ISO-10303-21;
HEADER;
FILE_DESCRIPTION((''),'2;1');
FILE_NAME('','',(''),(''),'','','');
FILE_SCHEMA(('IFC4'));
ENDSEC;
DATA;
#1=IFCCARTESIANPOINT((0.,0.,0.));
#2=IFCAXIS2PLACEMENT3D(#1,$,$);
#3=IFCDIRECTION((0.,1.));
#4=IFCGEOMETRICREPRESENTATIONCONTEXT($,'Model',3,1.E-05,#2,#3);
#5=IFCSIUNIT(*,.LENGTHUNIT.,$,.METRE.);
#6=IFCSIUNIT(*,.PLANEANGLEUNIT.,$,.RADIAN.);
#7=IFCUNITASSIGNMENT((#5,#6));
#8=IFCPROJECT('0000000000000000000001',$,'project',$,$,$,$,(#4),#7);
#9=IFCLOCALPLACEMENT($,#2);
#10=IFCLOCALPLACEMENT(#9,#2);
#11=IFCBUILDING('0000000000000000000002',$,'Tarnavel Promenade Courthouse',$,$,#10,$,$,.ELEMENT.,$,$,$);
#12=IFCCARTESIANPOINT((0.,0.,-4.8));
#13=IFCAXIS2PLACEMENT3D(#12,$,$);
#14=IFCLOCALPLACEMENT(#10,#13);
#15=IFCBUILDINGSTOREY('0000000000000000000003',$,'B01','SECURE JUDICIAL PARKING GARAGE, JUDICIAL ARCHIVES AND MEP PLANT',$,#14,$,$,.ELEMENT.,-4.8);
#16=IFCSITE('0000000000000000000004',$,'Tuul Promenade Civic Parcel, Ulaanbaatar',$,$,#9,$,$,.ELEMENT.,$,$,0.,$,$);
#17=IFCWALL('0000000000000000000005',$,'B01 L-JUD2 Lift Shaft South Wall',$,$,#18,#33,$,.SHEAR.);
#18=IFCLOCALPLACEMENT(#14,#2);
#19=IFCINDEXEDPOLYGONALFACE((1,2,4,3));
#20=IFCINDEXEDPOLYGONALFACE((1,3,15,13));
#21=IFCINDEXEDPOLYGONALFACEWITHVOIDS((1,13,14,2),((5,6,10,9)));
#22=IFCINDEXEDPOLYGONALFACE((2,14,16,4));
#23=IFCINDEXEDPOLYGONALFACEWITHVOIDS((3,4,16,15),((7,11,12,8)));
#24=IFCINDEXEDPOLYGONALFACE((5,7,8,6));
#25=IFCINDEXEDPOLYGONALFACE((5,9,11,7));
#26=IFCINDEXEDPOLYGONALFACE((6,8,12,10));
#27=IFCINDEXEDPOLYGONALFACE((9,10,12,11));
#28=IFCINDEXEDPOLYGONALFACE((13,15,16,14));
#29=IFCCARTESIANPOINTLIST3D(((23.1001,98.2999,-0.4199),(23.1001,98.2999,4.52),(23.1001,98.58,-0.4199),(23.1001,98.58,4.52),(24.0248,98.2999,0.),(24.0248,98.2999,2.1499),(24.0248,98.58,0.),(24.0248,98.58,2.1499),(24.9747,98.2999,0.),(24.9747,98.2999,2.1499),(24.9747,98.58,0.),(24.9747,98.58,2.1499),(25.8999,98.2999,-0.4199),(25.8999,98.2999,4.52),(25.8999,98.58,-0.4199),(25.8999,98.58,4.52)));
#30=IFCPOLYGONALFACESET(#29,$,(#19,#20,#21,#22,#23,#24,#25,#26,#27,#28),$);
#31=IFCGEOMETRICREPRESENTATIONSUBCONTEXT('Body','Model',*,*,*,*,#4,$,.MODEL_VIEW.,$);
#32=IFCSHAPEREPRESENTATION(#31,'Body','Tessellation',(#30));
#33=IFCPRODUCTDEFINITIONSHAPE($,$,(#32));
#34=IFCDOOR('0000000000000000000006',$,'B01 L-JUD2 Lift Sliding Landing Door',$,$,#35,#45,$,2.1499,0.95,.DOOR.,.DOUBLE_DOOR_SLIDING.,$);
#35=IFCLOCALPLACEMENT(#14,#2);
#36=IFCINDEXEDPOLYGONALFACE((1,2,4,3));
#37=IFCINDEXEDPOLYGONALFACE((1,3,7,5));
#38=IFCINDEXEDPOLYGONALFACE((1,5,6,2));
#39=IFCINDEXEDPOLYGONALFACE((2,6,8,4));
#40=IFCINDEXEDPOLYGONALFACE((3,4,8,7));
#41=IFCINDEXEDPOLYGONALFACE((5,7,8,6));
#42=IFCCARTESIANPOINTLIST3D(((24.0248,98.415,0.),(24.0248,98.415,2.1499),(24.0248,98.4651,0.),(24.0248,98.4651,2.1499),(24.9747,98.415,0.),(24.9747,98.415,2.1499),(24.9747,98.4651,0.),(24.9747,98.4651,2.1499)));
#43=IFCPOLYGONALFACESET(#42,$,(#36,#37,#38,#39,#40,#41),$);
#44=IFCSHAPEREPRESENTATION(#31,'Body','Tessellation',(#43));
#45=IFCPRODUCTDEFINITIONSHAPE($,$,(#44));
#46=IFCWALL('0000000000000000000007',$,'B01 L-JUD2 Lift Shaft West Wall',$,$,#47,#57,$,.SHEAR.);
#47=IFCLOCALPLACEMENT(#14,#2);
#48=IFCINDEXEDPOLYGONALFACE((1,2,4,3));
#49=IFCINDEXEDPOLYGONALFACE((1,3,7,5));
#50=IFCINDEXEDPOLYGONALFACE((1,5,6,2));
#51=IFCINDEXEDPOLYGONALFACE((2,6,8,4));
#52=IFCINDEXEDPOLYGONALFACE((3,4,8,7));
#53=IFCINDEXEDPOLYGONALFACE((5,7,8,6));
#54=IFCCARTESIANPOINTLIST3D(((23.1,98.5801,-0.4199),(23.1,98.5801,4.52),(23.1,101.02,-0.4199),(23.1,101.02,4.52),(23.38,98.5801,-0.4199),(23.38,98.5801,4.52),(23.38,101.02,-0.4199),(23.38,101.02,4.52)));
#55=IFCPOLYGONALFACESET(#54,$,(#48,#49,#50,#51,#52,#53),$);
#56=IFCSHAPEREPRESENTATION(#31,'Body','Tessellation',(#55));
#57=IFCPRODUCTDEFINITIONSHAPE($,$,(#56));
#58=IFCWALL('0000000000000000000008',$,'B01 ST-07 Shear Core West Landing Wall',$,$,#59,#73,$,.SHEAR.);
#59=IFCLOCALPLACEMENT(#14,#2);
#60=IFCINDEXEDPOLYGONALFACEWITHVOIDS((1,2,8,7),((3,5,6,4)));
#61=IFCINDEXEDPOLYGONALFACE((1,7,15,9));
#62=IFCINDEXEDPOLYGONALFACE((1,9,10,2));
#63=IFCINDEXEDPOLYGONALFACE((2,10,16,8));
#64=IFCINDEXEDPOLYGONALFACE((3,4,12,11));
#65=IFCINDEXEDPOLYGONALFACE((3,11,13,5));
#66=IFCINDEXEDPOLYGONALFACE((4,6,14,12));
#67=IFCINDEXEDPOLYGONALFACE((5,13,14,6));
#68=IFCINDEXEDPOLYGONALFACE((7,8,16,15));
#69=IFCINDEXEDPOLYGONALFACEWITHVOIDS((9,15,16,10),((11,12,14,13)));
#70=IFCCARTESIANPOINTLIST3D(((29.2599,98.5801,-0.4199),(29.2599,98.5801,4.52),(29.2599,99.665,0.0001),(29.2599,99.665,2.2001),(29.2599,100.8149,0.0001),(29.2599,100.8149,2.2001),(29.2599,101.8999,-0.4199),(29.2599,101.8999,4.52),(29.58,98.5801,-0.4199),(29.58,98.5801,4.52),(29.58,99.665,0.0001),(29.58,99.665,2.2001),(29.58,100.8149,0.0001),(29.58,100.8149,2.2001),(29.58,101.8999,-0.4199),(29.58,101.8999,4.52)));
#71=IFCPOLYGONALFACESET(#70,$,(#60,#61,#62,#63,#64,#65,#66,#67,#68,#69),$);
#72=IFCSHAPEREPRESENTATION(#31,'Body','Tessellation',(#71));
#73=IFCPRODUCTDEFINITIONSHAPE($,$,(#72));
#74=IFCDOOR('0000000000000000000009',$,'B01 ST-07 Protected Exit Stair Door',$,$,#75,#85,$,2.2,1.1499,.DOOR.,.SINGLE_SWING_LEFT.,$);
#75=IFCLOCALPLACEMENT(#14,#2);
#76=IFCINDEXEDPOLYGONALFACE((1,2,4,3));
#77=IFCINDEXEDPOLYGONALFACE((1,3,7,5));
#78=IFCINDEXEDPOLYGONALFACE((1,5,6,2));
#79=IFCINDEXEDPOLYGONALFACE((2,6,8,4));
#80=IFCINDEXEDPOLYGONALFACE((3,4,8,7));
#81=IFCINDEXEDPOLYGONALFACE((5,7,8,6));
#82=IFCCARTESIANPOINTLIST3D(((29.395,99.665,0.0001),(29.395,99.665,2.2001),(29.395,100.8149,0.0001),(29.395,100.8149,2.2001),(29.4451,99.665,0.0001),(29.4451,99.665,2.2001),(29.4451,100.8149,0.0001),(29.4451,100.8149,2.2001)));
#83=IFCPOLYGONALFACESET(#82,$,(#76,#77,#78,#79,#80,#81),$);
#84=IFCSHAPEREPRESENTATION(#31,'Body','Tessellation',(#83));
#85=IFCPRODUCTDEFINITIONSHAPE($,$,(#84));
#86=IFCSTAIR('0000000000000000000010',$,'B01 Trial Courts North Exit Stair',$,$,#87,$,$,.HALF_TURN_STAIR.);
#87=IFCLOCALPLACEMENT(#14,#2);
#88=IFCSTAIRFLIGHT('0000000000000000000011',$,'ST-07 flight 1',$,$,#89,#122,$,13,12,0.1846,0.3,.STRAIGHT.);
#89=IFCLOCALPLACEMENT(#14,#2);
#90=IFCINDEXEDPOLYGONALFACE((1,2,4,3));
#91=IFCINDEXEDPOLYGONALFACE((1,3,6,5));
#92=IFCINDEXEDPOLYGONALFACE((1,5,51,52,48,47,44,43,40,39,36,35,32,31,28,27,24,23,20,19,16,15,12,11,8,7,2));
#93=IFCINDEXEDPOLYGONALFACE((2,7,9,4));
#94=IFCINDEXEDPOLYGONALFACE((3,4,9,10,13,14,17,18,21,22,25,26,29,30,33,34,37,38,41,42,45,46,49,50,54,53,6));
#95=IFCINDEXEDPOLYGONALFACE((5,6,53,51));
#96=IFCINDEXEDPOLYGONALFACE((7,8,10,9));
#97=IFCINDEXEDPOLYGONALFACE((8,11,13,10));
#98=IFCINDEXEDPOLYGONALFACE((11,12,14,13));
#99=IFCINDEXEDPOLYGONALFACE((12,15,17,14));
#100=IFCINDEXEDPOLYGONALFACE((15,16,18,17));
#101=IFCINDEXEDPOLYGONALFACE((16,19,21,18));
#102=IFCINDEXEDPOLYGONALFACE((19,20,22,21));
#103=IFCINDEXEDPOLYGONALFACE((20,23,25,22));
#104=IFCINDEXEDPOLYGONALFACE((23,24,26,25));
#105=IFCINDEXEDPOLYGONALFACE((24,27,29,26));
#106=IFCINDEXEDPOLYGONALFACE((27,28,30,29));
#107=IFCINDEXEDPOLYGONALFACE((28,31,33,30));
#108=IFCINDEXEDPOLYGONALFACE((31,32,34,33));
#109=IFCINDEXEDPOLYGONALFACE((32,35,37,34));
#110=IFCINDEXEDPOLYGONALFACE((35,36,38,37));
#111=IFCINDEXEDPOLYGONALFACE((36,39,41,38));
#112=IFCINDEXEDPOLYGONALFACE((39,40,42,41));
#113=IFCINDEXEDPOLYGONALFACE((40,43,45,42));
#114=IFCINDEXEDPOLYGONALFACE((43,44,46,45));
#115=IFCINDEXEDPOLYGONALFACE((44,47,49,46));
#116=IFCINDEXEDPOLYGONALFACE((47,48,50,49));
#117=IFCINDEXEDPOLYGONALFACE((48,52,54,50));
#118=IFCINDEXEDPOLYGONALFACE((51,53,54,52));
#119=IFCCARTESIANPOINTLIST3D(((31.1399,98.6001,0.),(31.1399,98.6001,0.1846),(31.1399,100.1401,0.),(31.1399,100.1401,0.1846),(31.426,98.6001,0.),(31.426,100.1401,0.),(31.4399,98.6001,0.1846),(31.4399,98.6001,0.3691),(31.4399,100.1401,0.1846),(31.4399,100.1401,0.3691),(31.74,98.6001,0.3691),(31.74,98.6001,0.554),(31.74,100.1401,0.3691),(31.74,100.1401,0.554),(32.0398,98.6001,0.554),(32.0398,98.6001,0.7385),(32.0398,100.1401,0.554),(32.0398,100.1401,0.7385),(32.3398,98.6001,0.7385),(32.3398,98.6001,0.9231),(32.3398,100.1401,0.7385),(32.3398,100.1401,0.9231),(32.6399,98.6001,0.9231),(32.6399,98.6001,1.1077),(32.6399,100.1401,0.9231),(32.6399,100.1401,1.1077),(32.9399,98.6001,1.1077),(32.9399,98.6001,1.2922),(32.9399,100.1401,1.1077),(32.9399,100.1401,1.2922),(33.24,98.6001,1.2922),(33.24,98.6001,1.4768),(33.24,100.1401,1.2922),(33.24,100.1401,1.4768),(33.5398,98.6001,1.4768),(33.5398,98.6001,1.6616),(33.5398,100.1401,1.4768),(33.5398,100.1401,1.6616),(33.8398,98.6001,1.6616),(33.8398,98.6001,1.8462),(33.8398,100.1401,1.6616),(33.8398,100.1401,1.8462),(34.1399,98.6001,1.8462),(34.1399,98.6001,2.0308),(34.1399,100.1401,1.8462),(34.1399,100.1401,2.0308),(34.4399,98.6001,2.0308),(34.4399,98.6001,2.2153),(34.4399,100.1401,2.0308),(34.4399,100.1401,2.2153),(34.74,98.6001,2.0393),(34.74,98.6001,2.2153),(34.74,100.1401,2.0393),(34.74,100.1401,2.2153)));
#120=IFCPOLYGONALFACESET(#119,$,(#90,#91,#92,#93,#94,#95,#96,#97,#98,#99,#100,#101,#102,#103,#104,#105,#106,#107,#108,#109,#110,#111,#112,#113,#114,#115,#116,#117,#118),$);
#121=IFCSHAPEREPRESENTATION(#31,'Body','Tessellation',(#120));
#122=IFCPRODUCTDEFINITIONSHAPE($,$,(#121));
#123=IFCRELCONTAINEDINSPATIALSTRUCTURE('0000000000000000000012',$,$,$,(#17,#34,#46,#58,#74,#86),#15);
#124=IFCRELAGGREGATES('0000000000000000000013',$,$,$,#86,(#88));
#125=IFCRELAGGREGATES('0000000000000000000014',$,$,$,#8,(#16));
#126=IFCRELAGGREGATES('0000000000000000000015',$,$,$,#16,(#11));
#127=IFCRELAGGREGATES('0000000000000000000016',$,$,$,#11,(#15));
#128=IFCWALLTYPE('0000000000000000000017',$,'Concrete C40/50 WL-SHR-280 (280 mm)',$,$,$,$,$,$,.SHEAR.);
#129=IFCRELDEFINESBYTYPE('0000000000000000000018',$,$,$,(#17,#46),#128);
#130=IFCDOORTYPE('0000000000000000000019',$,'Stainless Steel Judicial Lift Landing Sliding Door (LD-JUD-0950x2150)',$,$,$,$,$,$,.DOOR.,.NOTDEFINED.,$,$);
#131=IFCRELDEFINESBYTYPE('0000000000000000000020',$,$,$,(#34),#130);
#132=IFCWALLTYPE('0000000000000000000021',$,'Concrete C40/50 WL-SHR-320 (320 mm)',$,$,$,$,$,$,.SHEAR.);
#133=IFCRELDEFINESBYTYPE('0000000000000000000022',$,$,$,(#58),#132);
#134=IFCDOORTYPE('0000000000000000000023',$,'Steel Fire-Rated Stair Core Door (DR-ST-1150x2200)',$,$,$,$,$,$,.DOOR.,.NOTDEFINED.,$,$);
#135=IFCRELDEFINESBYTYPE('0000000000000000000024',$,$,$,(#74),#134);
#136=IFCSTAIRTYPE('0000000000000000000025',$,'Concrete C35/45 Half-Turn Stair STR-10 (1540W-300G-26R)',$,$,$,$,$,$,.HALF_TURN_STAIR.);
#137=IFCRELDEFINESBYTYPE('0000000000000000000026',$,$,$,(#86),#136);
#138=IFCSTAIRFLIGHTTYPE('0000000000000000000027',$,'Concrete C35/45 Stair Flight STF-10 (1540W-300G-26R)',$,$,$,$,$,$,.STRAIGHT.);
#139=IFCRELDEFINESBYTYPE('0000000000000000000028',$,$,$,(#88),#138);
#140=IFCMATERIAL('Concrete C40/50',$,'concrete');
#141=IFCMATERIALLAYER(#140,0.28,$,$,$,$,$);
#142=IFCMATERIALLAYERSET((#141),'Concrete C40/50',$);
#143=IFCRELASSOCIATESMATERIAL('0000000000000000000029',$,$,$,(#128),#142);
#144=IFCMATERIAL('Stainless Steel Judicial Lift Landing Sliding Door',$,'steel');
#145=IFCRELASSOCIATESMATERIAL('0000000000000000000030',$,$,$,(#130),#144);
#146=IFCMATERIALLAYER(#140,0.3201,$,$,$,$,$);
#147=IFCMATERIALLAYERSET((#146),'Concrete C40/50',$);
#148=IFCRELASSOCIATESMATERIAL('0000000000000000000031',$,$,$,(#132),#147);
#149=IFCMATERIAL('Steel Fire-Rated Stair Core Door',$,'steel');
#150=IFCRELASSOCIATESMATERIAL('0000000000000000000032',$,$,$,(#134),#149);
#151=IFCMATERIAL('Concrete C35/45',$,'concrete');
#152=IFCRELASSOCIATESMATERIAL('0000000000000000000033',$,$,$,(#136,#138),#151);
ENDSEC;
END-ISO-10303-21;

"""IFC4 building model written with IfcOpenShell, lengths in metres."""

from ifc_helpers import new_model, si_unit, direction, frame, frame_2d, origin, place, context, subcontext, project, spatial, polyline, rectangle, outline, extrude, material, layer, layer_set, type_object, element, fill, aggregate, save


model = new_model("IFC4")

# Units and contexts
model_context = context("Model", 3, precision=1e-05, world=origin(), true_north=direction((0.0, 1.0)))
body_context = subcontext(model_context, "Body", "Model", "MODEL_VIEW")
ifc_project = project(units=[si_unit("LENGTHUNIT", "METRE"), si_unit("PLANEANGLEUNIT", "RADIAN")], contexts=[model_context])

# Site, building, storey
site_placement = place(None, origin())
site = spatial("IfcSite", under=ifc_project, at=site_placement, Name="Tuul Promenade Civic Parcel, Ulaanbaatar", CompositionType="ELEMENT", RefElevation=0.0)
building_placement = place(site_placement, origin())
building = spatial("IfcBuilding", under=site, at=building_placement, Name="Tarnavel Promenade Courthouse", CompositionType="ELEMENT")
storey_placement = place(building_placement, frame((0.0, 0.0, -4.8)))
storey = spatial("IfcBuildingStorey", under=building, at=storey_placement, Name="B01", Description="SECURE JUDICIAL PARKING GARAGE, JUDICIAL ARCHIVES AND MEP PLANT", CompositionType="ELEMENT", Elevation=-4.8)

# Shared definitions
ifc_material_1 = material(Name="Concrete C35/45", Category="concrete")

# Shared definitions
ifc_material_2 = material(Name="Concrete C40/50", Category="concrete")

# Wall, opening, door
ifc_layer_1 = layer(ifc_material_2, 0.28)
ifc_layer_set_1 = layer_set([ifc_layer_1], Name="Concrete C40/50")
wall_type_1 = type_object("IfcWallType", Name="Concrete C40/50 WL-SHR-280 (280 mm)", PredefinedType="SHEAR", material=ifc_layer_set_1)
wall_1_placement = place(storey_placement, frame((25.8999, 98.4399, -0.4199), z_axis=(0.0, 0.0, 1.0), x_axis=(-1.0, 0.0, 0.0)))
wall_1 = element("IfcWall", 1, at=wall_1_placement, inside=storey, type_object=wall_type_1, Name="B01 L-JUD2 Lift Shaft South Wall", PredefinedType="SHEAR", context=body_context, shape_type="SweptSolid", body=[
    extrude(rectangle(XDim=2.7998, YDim=0.28, at=frame_2d((1.3999, 0.0))), origin(), (0.0, 0.0, 1.0), 4.9399),
])
opening_1_placement = place(wall_1_placement, frame((0.925, 0.0, 0.4199)))
opening_1 = element("IfcOpeningElement", 2, at=opening_1_placement, cuts=wall_1, PredefinedType="OPENING", context=body_context, shape_type="SweptSolid", body=[
    extrude(rectangle(XDim=0.95, YDim=2.1499, at=frame_2d((0.4751, 1.075))), frame((0.0, 0.1499, 0.0), z_axis=(0.0, -1.0, 0.0), x_axis=(1.0, 0.0, 0.0)), (0.0, 0.0, 1.0), 0.3),
])
ifc_material_3 = material(Name="Stainless Steel Judicial Lift Landing Sliding Door", Category="steel")
door_type_1 = type_object("IfcDoorType", Name="Stainless Steel Judicial Lift Landing Sliding Door (LD-JUD-0950x2150)", OperationType="NOTDEFINED", PredefinedType="DOOR", material=ifc_material_3)
door_1_placement = place(opening_1_placement, origin())
door_1 = element("IfcDoor", 3, at=door_1_placement, inside=storey, type_object=door_type_1, Name="B01 L-JUD2 Lift Sliding Landing Door", OperationType="DOUBLE_DOOR_SLIDING", OverallHeight=2.1499, OverallWidth=0.95, PredefinedType="DOOR", context=body_context, shape_type="SweptSolid", body=[
    extrude(rectangle(XDim=0.95, YDim=2.1499, at=frame_2d((0.4751, 1.075))), frame((0.0, 0.0249, 0.0), z_axis=(0.0, -1.0, 0.0), x_axis=(1.0, 0.0, 0.0)), (0.0, 0.0, 1.0), 0.05),
])
fill(opening_1, door_1)

# Wall
wall_2_placement = place(storey_placement, frame((23.24, 98.5801, -0.4199), z_axis=(0.0, 0.0, 1.0), x_axis=(0.0, 1.0, 0.0)))
element("IfcWall", 4, at=wall_2_placement, inside=storey, type_object=wall_type_1, Name="B01 L-JUD2 Lift Shaft West Wall", PredefinedType="SHEAR", context=body_context, shape_type="SweptSolid", body=[
    extrude(rectangle(XDim=2.4399, YDim=0.28, at=frame_2d((1.22, 0.0))), origin(), (0.0, 0.0, 1.0), 4.9399),
])

# Wall, opening, door
ifc_layer_2 = layer(ifc_material_2, 0.3201)
ifc_layer_set_2 = layer_set([ifc_layer_2], Name="Concrete C40/50")
wall_type_2 = type_object("IfcWallType", Name="Concrete C40/50 WL-SHR-320 (320 mm)", PredefinedType="SHEAR", material=ifc_layer_set_2)
wall_3_placement = place(storey_placement, frame((29.4199, 98.5801, -0.4199), z_axis=(0.0, 0.0, 1.0), x_axis=(0.0, 1.0, 0.0)))
wall_3 = element("IfcWall", 5, at=wall_3_placement, inside=storey, type_object=wall_type_2, Name="B01 ST-07 Shear Core West Landing Wall", PredefinedType="SHEAR", context=body_context, shape_type="SweptSolid", body=[
    extrude(rectangle(XDim=3.3198, YDim=0.3201, at=frame_2d((1.6599, 0.0))), origin(), (0.0, 0.0, 1.0), 4.9399),
])
opening_2_placement = place(wall_3_placement, frame((1.085, 0.0, 0.4199)))
opening_2 = element("IfcOpeningElement", 6, at=opening_2_placement, cuts=wall_3, PredefinedType="OPENING", context=body_context, shape_type="SweptSolid", body=[
    extrude(rectangle(XDim=1.1499, YDim=2.2, at=frame_2d((0.575, 1.1001))), frame((0.0, 0.1699, 0.0), z_axis=(0.0, -1.0, 0.0), x_axis=(1.0, 0.0, 0.0)), (0.0, 0.0, 1.0), 0.3401),
])
ifc_material_4 = material(Name="Steel Fire-Rated Stair Core Door", Category="steel")
door_type_2 = type_object("IfcDoorType", Name="Steel Fire-Rated Stair Core Door (DR-ST-1150x2200)", OperationType="NOTDEFINED", PredefinedType="DOOR", material=ifc_material_4)
door_2_placement = place(opening_2_placement, origin())
door_2 = element("IfcDoor", 7, at=door_2_placement, inside=storey, type_object=door_type_2, Name="B01 ST-07 Protected Exit Stair Door", OperationType="SINGLE_SWING_LEFT", OverallHeight=2.2, OverallWidth=1.1499, PredefinedType="DOOR", context=body_context, shape_type="SweptSolid", body=[
    extrude(rectangle(XDim=1.1499, YDim=2.2, at=frame_2d((0.575, 1.1001))), frame((0.0, 0.0249, 0.0), z_axis=(0.0, -1.0, 0.0), x_axis=(1.0, 0.0, 0.0)), (0.0, 0.0, 1.0), 0.05),
])
fill(opening_2, door_2)

# Stair, stair flight
stair_type = type_object("IfcStairType", Name="Concrete C35/45 Half-Turn Stair STR-10 (1540W-300G-26R)", PredefinedType="HALF_TURN_STAIR", material=ifc_material_1)
stair_placement = place(storey_placement, origin())
stair = element("IfcStair", 8, at=stair_placement, inside=storey, type_object=stair_type, Name="B01 Trial Courts North Exit Stair", PredefinedType="HALF_TURN_STAIR")
stair_flight_type = type_object("IfcStairFlightType", Name="Concrete C35/45 Stair Flight STF-10 (1540W-300G-26R)", PredefinedType="STRAIGHT", material=ifc_material_1)
stair_flight_placement = place(storey_placement, frame((31.1399, 99.3701, 0.0), z_axis=(0.0, 0.0, 1.0), x_axis=(1.0, 0.0, 0.0)))
stair_flight = element("IfcStairFlight", 9, at=stair_flight_placement, type_object=stair_flight_type, Name="ST-07 flight 1", NumberOfRisers=13, NumberOfTreads=12, PredefinedType="STRAIGHT", RiserHeight=0.1846, TreadLength=0.3, context=body_context, shape_type="SweptSolid", body=[
    extrude(outline(polyline([(0.0, 0.0), (0.0, 0.1846), (0.3, 0.1846), (0.3, 0.3691), (0.6001, 0.3691), (0.6001, 0.554), (0.8999, 0.554), (0.8999, 0.7385), (1.2, 0.7385), (1.2, 0.9231), (1.5, 0.9231), (1.5, 1.1077), (1.8, 1.1077), (1.8, 1.2922), (2.1001, 1.2922), (2.1001, 1.4768), (2.3999, 1.4768), (2.3999, 1.6616), (2.7, 1.6616), (2.7, 1.8462), (3.0, 1.8462), (3.0, 2.0308), (3.3, 2.0308), (3.3, 2.2153), (3.6001, 2.2153), (3.6001, 2.3999), (3.6001, 2.0393), (0.2861, 0.0), (0.0, 0.0)])), frame((0.0, 0.77, 0.0), z_axis=(0.0, -1.0, 0.0), x_axis=(1.0, 0.0, 0.0)), (0.0, 0.0, 1.0), 1.54),
])
aggregate(stair, [stair_flight])

save(model, "model.ifc")
